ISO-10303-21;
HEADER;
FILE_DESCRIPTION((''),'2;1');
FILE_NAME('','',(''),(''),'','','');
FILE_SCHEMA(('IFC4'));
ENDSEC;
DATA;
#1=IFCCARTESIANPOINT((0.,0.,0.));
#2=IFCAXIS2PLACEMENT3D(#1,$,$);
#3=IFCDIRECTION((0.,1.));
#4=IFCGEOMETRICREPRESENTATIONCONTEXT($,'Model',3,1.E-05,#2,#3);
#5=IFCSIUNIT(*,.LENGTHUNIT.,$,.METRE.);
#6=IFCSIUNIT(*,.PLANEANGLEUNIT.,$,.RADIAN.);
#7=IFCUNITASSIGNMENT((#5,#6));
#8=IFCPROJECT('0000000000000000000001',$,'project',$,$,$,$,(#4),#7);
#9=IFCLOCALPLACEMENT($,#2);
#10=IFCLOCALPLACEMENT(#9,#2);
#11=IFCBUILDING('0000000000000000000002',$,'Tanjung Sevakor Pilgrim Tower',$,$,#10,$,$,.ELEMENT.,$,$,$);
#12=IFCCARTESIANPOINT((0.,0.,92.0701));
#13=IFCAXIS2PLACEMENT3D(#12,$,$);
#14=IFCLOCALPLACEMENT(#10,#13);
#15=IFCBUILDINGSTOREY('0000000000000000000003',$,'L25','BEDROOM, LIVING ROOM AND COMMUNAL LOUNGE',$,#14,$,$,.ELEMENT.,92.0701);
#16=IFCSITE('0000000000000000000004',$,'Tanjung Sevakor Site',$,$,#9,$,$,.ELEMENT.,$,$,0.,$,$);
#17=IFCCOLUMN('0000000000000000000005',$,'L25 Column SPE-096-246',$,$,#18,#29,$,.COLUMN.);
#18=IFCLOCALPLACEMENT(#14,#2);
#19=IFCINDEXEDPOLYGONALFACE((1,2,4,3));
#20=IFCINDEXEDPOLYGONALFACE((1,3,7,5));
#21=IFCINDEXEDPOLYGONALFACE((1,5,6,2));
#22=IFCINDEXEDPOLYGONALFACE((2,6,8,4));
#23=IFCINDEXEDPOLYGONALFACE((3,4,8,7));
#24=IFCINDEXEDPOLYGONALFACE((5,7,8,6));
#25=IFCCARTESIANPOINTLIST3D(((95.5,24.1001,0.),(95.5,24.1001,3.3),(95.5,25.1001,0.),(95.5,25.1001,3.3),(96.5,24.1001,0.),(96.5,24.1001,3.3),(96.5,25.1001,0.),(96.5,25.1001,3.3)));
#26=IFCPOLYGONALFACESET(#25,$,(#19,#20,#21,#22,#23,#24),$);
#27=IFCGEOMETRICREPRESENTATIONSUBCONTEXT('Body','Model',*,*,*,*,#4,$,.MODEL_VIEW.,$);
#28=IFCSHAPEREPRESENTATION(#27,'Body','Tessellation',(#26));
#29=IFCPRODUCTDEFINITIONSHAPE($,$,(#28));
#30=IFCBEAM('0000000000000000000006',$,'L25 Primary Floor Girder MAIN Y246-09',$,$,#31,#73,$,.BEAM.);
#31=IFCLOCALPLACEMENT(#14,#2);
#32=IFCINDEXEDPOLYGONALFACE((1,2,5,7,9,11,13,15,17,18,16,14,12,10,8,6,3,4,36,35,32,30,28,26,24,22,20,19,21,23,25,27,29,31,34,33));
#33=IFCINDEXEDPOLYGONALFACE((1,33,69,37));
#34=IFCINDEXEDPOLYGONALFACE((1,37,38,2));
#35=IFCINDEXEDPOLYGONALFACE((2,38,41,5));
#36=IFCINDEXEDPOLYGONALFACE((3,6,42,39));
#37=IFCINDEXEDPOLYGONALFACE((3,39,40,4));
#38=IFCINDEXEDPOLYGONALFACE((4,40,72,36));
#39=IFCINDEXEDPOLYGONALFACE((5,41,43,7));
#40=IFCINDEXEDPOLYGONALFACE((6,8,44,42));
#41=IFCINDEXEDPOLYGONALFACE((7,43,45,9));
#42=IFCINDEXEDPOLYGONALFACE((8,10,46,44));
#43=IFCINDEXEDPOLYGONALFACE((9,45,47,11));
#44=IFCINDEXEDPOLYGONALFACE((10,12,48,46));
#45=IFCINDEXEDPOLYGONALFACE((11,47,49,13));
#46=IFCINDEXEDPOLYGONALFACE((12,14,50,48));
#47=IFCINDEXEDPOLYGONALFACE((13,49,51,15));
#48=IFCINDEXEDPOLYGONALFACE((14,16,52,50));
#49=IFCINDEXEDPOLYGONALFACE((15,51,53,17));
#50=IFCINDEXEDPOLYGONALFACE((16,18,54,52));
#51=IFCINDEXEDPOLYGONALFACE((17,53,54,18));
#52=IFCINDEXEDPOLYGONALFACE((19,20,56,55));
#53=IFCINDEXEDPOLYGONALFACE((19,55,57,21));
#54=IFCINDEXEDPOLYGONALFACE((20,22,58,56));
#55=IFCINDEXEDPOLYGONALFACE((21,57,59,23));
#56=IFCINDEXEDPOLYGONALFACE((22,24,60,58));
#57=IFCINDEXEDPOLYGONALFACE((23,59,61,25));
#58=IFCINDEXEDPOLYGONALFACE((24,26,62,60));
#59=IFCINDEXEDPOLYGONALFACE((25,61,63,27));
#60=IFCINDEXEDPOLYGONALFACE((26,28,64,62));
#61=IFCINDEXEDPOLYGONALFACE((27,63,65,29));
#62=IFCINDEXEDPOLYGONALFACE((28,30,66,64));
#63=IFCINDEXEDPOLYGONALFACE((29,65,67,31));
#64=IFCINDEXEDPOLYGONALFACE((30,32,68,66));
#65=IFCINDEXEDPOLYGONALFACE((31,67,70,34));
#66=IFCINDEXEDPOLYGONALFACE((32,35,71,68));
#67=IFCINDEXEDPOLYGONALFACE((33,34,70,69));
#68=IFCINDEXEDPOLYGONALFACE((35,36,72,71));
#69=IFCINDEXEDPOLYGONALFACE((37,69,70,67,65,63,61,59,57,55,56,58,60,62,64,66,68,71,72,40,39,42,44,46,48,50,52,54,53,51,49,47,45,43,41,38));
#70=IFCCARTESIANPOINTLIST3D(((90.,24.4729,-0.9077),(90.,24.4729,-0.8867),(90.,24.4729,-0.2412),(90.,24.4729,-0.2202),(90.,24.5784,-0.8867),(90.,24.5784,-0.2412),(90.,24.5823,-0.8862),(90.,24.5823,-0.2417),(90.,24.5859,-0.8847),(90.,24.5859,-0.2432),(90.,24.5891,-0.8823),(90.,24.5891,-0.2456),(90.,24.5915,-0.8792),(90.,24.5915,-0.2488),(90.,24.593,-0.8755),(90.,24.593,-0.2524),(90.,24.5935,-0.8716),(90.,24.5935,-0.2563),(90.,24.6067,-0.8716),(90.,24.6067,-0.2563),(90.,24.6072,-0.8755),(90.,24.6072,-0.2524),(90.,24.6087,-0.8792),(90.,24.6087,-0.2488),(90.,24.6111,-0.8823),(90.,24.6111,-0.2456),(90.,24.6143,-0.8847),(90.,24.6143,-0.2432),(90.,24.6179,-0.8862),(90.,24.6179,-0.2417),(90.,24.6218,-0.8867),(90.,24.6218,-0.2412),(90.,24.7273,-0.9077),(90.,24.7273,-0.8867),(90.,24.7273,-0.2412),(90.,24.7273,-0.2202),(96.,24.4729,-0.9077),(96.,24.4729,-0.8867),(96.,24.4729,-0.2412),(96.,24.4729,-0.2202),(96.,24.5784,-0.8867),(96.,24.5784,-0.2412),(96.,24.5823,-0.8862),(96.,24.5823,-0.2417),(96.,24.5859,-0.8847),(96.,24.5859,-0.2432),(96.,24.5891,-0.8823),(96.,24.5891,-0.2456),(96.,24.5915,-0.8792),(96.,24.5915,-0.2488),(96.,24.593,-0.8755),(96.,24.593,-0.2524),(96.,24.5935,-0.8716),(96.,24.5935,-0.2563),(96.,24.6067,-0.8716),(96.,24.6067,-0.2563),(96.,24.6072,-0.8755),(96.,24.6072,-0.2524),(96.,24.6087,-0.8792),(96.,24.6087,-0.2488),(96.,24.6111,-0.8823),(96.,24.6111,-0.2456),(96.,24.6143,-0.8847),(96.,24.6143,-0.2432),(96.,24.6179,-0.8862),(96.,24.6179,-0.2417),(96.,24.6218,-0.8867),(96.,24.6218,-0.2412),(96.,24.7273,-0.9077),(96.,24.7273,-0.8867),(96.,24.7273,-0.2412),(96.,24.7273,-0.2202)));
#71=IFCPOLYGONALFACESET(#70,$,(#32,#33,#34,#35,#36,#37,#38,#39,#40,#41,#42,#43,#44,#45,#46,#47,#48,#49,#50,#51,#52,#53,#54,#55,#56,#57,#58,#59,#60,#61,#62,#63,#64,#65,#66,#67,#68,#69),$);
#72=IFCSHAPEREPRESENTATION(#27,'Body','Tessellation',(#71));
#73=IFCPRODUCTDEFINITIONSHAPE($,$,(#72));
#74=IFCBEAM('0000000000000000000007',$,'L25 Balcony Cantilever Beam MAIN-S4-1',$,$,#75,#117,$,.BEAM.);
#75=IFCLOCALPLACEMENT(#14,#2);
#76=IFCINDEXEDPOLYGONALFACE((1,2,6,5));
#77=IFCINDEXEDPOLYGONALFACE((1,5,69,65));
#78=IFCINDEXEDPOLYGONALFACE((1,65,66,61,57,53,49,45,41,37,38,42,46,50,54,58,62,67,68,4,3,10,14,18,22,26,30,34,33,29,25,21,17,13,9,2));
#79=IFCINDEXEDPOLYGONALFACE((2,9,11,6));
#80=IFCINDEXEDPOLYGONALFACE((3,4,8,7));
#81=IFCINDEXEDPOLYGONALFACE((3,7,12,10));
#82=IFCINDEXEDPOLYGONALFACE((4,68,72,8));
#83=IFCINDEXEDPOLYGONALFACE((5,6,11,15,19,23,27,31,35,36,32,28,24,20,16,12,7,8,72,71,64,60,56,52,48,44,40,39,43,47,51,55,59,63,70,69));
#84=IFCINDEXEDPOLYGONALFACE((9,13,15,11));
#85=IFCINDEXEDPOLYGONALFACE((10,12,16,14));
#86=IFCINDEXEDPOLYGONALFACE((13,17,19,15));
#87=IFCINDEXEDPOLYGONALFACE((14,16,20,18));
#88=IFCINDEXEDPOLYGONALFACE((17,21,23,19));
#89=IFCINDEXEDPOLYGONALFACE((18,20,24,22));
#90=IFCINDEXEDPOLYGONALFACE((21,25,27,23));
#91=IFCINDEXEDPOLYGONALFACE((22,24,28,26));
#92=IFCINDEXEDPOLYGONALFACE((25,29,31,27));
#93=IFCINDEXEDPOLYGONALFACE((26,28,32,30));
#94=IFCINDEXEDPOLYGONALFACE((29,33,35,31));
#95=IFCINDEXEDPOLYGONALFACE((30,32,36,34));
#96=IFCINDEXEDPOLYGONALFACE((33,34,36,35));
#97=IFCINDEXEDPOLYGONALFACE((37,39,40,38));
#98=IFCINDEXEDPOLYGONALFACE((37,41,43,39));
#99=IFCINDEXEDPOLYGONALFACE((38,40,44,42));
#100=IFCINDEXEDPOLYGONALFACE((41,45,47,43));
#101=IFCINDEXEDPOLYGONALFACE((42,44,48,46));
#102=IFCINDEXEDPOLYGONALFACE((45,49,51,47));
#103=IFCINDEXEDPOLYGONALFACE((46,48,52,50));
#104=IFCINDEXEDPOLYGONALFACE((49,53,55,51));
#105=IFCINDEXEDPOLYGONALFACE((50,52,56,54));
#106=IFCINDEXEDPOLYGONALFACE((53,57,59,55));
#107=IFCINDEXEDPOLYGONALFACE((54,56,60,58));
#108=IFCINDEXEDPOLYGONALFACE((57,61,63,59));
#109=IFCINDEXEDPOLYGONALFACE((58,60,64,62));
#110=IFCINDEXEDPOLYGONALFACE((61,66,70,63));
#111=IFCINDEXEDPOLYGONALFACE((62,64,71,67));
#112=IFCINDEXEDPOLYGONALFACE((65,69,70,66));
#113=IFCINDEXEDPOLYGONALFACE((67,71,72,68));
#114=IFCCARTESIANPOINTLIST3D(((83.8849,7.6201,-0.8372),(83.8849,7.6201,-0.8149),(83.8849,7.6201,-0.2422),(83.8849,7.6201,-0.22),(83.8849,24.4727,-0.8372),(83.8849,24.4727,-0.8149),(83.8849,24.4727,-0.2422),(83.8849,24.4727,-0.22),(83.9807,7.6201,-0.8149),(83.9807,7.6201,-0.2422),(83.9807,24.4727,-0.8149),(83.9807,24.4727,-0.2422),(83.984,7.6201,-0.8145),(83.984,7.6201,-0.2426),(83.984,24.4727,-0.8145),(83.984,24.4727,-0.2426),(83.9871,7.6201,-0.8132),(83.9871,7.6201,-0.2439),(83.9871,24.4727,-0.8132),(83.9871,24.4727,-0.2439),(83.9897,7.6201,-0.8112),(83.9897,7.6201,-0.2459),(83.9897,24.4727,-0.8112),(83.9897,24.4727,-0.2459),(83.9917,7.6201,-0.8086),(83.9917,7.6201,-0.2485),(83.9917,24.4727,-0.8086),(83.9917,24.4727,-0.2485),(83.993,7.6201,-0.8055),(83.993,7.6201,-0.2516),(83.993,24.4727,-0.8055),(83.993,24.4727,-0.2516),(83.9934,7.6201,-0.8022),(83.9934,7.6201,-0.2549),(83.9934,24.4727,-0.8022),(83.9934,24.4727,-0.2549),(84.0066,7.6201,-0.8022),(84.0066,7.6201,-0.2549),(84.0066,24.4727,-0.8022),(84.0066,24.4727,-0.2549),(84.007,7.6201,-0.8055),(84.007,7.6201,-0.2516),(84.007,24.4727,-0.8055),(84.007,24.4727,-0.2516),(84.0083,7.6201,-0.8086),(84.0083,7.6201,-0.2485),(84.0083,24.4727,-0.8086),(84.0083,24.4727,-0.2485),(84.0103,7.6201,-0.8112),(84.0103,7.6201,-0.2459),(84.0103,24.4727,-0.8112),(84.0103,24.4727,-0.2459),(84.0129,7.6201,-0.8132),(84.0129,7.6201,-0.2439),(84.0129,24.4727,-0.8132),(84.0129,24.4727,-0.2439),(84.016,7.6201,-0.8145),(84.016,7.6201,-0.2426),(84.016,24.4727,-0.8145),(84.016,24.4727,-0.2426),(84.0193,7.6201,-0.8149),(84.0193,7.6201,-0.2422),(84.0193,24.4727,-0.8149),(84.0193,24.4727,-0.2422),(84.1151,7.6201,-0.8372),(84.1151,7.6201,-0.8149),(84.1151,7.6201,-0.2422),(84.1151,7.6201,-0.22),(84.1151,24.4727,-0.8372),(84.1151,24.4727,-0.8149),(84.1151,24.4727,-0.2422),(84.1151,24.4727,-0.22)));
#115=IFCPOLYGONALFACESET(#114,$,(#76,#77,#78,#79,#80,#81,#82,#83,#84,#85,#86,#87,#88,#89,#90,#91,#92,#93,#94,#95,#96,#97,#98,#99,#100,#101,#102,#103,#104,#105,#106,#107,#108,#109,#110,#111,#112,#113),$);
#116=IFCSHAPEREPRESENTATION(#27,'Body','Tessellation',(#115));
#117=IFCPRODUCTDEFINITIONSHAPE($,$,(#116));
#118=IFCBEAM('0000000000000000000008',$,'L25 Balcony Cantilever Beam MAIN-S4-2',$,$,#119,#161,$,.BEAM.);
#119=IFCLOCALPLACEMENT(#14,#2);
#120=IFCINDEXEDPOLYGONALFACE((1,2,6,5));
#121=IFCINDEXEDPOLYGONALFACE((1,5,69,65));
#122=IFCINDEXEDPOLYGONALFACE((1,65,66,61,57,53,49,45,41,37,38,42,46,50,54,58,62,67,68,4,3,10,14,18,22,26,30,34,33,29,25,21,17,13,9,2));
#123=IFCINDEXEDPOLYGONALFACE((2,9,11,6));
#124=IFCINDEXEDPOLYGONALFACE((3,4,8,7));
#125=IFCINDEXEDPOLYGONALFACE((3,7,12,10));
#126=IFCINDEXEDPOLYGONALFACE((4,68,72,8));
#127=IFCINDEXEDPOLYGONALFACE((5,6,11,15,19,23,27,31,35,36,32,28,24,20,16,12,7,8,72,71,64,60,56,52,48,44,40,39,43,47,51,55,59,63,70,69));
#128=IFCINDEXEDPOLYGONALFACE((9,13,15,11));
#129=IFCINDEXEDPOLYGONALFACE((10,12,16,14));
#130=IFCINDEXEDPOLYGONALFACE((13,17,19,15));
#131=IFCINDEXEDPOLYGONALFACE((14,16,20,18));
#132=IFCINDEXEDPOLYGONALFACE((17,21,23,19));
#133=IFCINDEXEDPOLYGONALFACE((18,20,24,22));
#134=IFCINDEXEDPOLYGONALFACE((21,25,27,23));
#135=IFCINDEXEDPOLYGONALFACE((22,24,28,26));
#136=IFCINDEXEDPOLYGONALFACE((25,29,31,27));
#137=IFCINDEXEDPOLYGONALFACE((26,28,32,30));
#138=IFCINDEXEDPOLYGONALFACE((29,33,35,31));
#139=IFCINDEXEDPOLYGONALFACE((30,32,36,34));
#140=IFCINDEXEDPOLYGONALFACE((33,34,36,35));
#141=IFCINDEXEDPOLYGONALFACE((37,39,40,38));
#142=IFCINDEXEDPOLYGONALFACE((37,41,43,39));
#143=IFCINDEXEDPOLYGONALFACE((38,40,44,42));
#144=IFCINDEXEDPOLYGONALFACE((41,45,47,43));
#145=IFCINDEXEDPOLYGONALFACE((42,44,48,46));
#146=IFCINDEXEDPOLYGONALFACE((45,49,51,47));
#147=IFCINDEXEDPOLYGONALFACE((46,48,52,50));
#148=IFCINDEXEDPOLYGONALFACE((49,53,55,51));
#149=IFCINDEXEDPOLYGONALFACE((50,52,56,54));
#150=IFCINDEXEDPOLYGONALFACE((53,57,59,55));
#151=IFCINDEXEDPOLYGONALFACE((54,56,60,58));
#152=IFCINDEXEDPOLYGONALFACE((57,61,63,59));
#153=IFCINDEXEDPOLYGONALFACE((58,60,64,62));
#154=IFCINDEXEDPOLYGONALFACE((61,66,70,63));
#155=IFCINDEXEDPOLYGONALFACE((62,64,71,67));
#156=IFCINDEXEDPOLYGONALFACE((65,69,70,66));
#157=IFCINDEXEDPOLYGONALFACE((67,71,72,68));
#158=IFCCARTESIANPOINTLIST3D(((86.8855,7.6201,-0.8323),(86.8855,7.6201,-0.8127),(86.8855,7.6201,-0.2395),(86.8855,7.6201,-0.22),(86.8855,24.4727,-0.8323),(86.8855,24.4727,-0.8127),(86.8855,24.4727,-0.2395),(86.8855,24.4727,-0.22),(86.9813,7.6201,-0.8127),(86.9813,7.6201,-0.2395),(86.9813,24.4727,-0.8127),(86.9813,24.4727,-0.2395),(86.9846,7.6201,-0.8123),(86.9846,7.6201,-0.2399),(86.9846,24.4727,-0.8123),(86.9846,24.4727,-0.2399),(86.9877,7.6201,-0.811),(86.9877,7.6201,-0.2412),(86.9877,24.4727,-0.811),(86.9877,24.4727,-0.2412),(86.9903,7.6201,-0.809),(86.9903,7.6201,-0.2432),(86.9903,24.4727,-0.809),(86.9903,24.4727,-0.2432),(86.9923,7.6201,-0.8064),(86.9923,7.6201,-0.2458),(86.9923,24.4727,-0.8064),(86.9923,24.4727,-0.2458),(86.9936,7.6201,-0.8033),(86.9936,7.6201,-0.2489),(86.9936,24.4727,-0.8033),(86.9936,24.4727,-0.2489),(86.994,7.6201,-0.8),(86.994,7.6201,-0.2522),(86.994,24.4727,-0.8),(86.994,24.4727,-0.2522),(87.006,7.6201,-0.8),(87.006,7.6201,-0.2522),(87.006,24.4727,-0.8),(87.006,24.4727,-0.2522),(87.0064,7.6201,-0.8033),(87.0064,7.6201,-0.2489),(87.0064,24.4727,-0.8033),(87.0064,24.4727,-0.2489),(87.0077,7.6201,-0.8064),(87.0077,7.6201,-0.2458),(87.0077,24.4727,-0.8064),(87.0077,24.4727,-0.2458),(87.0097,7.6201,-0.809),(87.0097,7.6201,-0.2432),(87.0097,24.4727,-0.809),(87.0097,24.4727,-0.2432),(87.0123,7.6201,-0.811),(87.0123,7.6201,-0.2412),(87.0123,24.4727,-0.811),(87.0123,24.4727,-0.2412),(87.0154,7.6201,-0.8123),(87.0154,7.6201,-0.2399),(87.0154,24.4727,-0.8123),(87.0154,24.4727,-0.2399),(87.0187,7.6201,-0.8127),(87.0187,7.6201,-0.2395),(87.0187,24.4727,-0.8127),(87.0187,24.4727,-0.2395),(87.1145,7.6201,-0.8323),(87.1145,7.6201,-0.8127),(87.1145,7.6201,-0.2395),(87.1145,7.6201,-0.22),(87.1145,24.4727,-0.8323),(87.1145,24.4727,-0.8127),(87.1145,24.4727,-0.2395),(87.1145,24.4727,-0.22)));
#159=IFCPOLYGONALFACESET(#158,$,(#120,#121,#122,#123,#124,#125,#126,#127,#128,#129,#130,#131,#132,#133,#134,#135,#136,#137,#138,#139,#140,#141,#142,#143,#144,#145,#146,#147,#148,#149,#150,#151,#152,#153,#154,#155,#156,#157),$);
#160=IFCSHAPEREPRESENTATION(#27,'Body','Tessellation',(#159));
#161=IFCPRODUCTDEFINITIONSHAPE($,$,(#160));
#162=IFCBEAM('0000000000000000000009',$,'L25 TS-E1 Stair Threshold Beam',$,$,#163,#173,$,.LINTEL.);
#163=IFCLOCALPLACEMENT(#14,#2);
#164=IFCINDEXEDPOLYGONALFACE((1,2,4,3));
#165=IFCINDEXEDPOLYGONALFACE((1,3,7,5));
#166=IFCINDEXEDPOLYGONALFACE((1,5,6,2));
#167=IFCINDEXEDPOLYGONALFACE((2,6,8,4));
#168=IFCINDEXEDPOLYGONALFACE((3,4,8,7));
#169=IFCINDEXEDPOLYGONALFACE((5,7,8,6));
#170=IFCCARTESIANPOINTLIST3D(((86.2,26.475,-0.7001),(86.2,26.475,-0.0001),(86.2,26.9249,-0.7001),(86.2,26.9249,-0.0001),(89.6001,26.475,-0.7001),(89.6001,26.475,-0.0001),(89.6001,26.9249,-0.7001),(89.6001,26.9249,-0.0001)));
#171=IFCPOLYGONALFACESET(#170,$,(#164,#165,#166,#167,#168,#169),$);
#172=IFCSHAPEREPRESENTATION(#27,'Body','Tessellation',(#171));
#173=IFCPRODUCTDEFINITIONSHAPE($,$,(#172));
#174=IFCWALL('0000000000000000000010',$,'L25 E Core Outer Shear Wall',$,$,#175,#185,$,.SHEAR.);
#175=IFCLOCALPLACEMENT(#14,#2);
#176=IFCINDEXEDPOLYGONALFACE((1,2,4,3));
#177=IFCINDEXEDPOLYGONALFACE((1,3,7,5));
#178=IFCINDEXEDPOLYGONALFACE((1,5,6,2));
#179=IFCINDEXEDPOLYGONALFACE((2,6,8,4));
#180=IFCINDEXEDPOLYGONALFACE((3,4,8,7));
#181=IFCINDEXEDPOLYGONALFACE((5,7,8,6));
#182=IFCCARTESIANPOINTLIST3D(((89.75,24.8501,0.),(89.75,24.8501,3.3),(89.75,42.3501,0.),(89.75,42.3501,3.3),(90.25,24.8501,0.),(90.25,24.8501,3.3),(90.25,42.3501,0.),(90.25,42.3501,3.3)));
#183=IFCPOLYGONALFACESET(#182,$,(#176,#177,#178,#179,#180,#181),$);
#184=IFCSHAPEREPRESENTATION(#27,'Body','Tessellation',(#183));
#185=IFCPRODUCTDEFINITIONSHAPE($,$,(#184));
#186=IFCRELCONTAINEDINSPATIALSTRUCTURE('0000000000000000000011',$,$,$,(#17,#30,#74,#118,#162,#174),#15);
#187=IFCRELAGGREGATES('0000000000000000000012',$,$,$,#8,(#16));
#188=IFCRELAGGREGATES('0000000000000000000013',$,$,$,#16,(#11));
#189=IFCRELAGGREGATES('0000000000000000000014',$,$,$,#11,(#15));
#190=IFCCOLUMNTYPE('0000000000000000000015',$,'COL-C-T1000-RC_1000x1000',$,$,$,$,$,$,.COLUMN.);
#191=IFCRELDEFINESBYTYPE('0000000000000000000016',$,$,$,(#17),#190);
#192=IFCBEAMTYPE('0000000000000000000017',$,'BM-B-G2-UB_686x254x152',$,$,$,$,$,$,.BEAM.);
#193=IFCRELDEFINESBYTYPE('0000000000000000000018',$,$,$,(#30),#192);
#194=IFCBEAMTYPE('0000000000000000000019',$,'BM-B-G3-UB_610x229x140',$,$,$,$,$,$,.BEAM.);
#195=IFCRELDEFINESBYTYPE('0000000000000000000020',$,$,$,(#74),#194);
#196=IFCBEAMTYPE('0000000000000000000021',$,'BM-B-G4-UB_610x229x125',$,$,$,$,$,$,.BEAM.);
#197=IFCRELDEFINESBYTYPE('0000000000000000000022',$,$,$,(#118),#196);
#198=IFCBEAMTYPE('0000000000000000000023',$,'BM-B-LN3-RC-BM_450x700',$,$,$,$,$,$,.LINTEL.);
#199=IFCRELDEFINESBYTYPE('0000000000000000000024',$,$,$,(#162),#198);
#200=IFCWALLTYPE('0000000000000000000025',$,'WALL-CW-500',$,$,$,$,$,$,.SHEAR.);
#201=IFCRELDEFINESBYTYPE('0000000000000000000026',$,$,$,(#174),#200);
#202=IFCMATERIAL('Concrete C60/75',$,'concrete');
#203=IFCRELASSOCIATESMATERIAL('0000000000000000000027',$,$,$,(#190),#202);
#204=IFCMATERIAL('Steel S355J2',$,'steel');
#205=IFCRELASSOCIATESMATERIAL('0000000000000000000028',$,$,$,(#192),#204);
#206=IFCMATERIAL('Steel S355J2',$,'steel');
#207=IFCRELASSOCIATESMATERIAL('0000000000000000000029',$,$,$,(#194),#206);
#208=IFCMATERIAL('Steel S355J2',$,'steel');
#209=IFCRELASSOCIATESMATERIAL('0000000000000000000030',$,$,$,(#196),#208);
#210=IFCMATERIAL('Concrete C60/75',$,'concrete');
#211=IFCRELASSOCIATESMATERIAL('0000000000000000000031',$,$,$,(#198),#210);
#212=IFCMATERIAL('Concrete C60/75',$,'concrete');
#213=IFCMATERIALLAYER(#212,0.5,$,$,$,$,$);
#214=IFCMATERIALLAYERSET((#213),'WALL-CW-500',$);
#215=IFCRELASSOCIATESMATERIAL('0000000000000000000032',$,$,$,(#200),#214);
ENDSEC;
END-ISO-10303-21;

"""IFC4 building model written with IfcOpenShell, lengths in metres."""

from ifc_helpers import new_model, si_unit, direction, frame, frame_2d, origin, origin_2d, place, context, subcontext, project, spatial, rectangle, i_section, extrude, material, layer, layer_set, material_profile, profile_set, type_object, element, save


model = new_model("IFC4")

# Units and contexts
model_context = context("Model", 3, precision=1e-05, world=origin(), true_north=direction((0.0, 1.0)))
body_context = subcontext(model_context, "Body", "Model", "MODEL_VIEW")
ifc_project = project(units=[si_unit("LENGTHUNIT", "METRE"), si_unit("PLANEANGLEUNIT", "RADIAN")], contexts=[model_context])

# Site, building, storey
site_placement = place(None, origin())
site = spatial("IfcSite", under=ifc_project, at=site_placement, Name="Tanjung Sevakor Site", CompositionType="ELEMENT", RefElevation=0.0)
building_placement = place(site_placement, origin())
building = spatial("IfcBuilding", under=site, at=building_placement, Name="Tanjung Sevakor Pilgrim Tower", CompositionType="ELEMENT")
storey_placement = place(building_placement, frame((0.0, 0.0, 92.0701)))
storey = spatial("IfcBuildingStorey", under=building, at=storey_placement, Name="L25", Description="BEDROOM, LIVING ROOM AND COMMUNAL LOUNGE", CompositionType="ELEMENT", Elevation=92.0701)

# Column
ifc_material_1 = material(Name="Concrete C60/75", Category="concrete")
ifc_material_profile_1 = material_profile(ifc_material_1, rectangle(XDim=1.0, YDim=1.0, at=origin_2d()))
ifc_profile_set_1 = profile_set([ifc_material_profile_1], Name="Concrete C60/75")
column_type = type_object("IfcColumnType", Name="COL-C-T1000-RC_1000x1000", PredefinedType="COLUMN", material=ifc_profile_set_1)
column_placement = place(storey_placement, frame((96.0, 24.6001, 0.0), z_axis=(0.0, 0.0, 1.0), x_axis=(1.0, 0.0, 0.0)))
element("IfcColumn", 1, at=column_placement, inside=storey, type_object=column_type, Name="L25 Column SPE-096-246", PredefinedType="COLUMN", context=body_context, shape_type="SweptSolid", body=[
    extrude(rectangle(XDim=1.0, YDim=1.0, at=origin_2d()), origin(), (0.0, 0.0, 1.0), 3.3),
])

# Beams
ifc_material_2 = material(Name="Steel S355J2", Category="steel")
ifc_material_profile_2 = material_profile(ifc_material_2, i_section(OverallWidth=0.2544, OverallDepth=0.6875, WebThickness=0.0132, FlangeThickness=0.021, FilletRadius=0.0151, at=origin_2d()))
ifc_profile_set_2 = profile_set([ifc_material_profile_2], Name="Steel S355J2")
beam_type_1 = type_object("IfcBeamType", Name="BM-B-G2-UB_686x254x152", PredefinedType="BEAM", material=ifc_profile_set_2)
beam_1_placement = place(storey_placement, frame((90.0, 24.6001, -0.564), z_axis=(1.0, 0.0, 0.0), x_axis=(0.0, 1.0, 0.0)))
element("IfcBeam", 2, at=beam_1_placement, inside=storey, type_object=beam_type_1, Name="L25 Primary Floor Girder MAIN Y246-09", PredefinedType="BEAM", context=body_context, shape_type="SweptSolid", body=[
    extrude(i_section(OverallWidth=0.2544, OverallDepth=0.6875, WebThickness=0.0132, FlangeThickness=0.021, FilletRadius=0.0151, at=origin_2d()), origin(), (0.0, 0.0, 1.0), 6.0),
])
ifc_material_3 = material(Name="Steel S355J2", Category="steel")
ifc_material_profile_3 = material_profile(ifc_material_3, i_section(OverallWidth=0.2302, OverallDepth=0.6172, WebThickness=0.0132, FlangeThickness=0.0222, FilletRadius=0.0127, at=origin_2d()))
ifc_profile_set_3 = profile_set([ifc_material_profile_3], Name="Steel S355J2")
beam_type_2 = type_object("IfcBeamType", Name="BM-B-G3-UB_610x229x140", PredefinedType="BEAM", material=ifc_profile_set_3)
beam_2_placement = place(storey_placement, frame((84.0, 24.4727, -0.5286), z_axis=(0.0, -1.0, 0.0), x_axis=(1.0, 0.0, 0.0)))
element("IfcBeam", 3, at=beam_2_placement, inside=storey, type_object=beam_type_2, Name="L25 Balcony Cantilever Beam MAIN-S4-1", PredefinedType="BEAM", context=body_context, shape_type="SweptSolid", body=[
    extrude(i_section(OverallWidth=0.2302, OverallDepth=0.6172, WebThickness=0.0132, FlangeThickness=0.0222, FilletRadius=0.0127, at=origin_2d()), origin(), (0.0, 0.0, 1.0), 16.8525),
])
ifc_material_4 = material(Name="Steel S355J2", Category="steel")
ifc_material_profile_4 = material_profile(ifc_material_4, i_section(OverallWidth=0.229, OverallDepth=0.6123, WebThickness=0.012, FlangeThickness=0.0195, FilletRadius=0.0127, at=origin_2d()))
ifc_profile_set_4 = profile_set([ifc_material_profile_4], Name="Steel S355J2")
beam_type_3 = type_object("IfcBeamType", Name="BM-B-G4-UB_610x229x125", PredefinedType="BEAM", material=ifc_profile_set_4)
beam_3_placement = place(storey_placement, frame((87.0, 24.4727, -0.5261), z_axis=(0.0, -1.0, 0.0), x_axis=(1.0, 0.0, 0.0)))
element("IfcBeam", 4, at=beam_3_placement, inside=storey, type_object=beam_type_3, Name="L25 Balcony Cantilever Beam MAIN-S4-2", PredefinedType="BEAM", context=body_context, shape_type="SweptSolid", body=[
    extrude(i_section(OverallWidth=0.229, OverallDepth=0.6123, WebThickness=0.012, FlangeThickness=0.0195, FilletRadius=0.0127, at=origin_2d()), origin(), (0.0, 0.0, 1.0), 16.8525),
])
ifc_material_5 = material(Name="Concrete C60/75", Category="concrete")
ifc_material_profile_5 = material_profile(ifc_material_5, rectangle(XDim=0.45, YDim=0.7, at=origin_2d()))
ifc_profile_set_5 = profile_set([ifc_material_profile_5], Name="Concrete C60/75")
beam_type_4 = type_object("IfcBeamType", Name="BM-B-LN3-RC-BM_450x700", PredefinedType="LINTEL", material=ifc_profile_set_5)
beam_4_placement = place(storey_placement, frame((86.2, 26.7, -0.3501), z_axis=(1.0, 0.0, 0.0), x_axis=(0.0, 1.0, 0.0)))
element("IfcBeam", 5, at=beam_4_placement, inside=storey, type_object=beam_type_4, Name="L25 TS-E1 Stair Threshold Beam", PredefinedType="LINTEL", context=body_context, shape_type="SweptSolid", body=[
    extrude(rectangle(XDim=0.45, YDim=0.7, at=origin_2d()), origin(), (0.0, 0.0, 1.0), 3.4001),
])

# Wall
ifc_material_6 = material(Name="Concrete C60/75", Category="concrete")
ifc_layer_1 = layer(ifc_material_6, 0.5)
ifc_layer_set_1 = layer_set([ifc_layer_1], Name="WALL-CW-500")
wall_type_1 = type_object("IfcWallType", Name="WALL-CW-500", PredefinedType="SHEAR", material=ifc_layer_set_1)
wall_1_placement = place(storey_placement, frame((90.0, 24.8501, 0.0), z_axis=(0.0, 0.0, 1.0), x_axis=(0.0, 1.0, 0.0)))
element("IfcWall", 6, at=wall_1_placement, inside=storey, type_object=wall_type_1, Name="L25 E Core Outer Shear Wall", PredefinedType="SHEAR", context=body_context, shape_type="SweptSolid", body=[
    extrude(rectangle(XDim=17.5, YDim=0.5, at=frame_2d((8.75, 0.0))), origin(), (0.0, 0.0, 1.0), 3.3),
])

save(model, "model.ifc")
